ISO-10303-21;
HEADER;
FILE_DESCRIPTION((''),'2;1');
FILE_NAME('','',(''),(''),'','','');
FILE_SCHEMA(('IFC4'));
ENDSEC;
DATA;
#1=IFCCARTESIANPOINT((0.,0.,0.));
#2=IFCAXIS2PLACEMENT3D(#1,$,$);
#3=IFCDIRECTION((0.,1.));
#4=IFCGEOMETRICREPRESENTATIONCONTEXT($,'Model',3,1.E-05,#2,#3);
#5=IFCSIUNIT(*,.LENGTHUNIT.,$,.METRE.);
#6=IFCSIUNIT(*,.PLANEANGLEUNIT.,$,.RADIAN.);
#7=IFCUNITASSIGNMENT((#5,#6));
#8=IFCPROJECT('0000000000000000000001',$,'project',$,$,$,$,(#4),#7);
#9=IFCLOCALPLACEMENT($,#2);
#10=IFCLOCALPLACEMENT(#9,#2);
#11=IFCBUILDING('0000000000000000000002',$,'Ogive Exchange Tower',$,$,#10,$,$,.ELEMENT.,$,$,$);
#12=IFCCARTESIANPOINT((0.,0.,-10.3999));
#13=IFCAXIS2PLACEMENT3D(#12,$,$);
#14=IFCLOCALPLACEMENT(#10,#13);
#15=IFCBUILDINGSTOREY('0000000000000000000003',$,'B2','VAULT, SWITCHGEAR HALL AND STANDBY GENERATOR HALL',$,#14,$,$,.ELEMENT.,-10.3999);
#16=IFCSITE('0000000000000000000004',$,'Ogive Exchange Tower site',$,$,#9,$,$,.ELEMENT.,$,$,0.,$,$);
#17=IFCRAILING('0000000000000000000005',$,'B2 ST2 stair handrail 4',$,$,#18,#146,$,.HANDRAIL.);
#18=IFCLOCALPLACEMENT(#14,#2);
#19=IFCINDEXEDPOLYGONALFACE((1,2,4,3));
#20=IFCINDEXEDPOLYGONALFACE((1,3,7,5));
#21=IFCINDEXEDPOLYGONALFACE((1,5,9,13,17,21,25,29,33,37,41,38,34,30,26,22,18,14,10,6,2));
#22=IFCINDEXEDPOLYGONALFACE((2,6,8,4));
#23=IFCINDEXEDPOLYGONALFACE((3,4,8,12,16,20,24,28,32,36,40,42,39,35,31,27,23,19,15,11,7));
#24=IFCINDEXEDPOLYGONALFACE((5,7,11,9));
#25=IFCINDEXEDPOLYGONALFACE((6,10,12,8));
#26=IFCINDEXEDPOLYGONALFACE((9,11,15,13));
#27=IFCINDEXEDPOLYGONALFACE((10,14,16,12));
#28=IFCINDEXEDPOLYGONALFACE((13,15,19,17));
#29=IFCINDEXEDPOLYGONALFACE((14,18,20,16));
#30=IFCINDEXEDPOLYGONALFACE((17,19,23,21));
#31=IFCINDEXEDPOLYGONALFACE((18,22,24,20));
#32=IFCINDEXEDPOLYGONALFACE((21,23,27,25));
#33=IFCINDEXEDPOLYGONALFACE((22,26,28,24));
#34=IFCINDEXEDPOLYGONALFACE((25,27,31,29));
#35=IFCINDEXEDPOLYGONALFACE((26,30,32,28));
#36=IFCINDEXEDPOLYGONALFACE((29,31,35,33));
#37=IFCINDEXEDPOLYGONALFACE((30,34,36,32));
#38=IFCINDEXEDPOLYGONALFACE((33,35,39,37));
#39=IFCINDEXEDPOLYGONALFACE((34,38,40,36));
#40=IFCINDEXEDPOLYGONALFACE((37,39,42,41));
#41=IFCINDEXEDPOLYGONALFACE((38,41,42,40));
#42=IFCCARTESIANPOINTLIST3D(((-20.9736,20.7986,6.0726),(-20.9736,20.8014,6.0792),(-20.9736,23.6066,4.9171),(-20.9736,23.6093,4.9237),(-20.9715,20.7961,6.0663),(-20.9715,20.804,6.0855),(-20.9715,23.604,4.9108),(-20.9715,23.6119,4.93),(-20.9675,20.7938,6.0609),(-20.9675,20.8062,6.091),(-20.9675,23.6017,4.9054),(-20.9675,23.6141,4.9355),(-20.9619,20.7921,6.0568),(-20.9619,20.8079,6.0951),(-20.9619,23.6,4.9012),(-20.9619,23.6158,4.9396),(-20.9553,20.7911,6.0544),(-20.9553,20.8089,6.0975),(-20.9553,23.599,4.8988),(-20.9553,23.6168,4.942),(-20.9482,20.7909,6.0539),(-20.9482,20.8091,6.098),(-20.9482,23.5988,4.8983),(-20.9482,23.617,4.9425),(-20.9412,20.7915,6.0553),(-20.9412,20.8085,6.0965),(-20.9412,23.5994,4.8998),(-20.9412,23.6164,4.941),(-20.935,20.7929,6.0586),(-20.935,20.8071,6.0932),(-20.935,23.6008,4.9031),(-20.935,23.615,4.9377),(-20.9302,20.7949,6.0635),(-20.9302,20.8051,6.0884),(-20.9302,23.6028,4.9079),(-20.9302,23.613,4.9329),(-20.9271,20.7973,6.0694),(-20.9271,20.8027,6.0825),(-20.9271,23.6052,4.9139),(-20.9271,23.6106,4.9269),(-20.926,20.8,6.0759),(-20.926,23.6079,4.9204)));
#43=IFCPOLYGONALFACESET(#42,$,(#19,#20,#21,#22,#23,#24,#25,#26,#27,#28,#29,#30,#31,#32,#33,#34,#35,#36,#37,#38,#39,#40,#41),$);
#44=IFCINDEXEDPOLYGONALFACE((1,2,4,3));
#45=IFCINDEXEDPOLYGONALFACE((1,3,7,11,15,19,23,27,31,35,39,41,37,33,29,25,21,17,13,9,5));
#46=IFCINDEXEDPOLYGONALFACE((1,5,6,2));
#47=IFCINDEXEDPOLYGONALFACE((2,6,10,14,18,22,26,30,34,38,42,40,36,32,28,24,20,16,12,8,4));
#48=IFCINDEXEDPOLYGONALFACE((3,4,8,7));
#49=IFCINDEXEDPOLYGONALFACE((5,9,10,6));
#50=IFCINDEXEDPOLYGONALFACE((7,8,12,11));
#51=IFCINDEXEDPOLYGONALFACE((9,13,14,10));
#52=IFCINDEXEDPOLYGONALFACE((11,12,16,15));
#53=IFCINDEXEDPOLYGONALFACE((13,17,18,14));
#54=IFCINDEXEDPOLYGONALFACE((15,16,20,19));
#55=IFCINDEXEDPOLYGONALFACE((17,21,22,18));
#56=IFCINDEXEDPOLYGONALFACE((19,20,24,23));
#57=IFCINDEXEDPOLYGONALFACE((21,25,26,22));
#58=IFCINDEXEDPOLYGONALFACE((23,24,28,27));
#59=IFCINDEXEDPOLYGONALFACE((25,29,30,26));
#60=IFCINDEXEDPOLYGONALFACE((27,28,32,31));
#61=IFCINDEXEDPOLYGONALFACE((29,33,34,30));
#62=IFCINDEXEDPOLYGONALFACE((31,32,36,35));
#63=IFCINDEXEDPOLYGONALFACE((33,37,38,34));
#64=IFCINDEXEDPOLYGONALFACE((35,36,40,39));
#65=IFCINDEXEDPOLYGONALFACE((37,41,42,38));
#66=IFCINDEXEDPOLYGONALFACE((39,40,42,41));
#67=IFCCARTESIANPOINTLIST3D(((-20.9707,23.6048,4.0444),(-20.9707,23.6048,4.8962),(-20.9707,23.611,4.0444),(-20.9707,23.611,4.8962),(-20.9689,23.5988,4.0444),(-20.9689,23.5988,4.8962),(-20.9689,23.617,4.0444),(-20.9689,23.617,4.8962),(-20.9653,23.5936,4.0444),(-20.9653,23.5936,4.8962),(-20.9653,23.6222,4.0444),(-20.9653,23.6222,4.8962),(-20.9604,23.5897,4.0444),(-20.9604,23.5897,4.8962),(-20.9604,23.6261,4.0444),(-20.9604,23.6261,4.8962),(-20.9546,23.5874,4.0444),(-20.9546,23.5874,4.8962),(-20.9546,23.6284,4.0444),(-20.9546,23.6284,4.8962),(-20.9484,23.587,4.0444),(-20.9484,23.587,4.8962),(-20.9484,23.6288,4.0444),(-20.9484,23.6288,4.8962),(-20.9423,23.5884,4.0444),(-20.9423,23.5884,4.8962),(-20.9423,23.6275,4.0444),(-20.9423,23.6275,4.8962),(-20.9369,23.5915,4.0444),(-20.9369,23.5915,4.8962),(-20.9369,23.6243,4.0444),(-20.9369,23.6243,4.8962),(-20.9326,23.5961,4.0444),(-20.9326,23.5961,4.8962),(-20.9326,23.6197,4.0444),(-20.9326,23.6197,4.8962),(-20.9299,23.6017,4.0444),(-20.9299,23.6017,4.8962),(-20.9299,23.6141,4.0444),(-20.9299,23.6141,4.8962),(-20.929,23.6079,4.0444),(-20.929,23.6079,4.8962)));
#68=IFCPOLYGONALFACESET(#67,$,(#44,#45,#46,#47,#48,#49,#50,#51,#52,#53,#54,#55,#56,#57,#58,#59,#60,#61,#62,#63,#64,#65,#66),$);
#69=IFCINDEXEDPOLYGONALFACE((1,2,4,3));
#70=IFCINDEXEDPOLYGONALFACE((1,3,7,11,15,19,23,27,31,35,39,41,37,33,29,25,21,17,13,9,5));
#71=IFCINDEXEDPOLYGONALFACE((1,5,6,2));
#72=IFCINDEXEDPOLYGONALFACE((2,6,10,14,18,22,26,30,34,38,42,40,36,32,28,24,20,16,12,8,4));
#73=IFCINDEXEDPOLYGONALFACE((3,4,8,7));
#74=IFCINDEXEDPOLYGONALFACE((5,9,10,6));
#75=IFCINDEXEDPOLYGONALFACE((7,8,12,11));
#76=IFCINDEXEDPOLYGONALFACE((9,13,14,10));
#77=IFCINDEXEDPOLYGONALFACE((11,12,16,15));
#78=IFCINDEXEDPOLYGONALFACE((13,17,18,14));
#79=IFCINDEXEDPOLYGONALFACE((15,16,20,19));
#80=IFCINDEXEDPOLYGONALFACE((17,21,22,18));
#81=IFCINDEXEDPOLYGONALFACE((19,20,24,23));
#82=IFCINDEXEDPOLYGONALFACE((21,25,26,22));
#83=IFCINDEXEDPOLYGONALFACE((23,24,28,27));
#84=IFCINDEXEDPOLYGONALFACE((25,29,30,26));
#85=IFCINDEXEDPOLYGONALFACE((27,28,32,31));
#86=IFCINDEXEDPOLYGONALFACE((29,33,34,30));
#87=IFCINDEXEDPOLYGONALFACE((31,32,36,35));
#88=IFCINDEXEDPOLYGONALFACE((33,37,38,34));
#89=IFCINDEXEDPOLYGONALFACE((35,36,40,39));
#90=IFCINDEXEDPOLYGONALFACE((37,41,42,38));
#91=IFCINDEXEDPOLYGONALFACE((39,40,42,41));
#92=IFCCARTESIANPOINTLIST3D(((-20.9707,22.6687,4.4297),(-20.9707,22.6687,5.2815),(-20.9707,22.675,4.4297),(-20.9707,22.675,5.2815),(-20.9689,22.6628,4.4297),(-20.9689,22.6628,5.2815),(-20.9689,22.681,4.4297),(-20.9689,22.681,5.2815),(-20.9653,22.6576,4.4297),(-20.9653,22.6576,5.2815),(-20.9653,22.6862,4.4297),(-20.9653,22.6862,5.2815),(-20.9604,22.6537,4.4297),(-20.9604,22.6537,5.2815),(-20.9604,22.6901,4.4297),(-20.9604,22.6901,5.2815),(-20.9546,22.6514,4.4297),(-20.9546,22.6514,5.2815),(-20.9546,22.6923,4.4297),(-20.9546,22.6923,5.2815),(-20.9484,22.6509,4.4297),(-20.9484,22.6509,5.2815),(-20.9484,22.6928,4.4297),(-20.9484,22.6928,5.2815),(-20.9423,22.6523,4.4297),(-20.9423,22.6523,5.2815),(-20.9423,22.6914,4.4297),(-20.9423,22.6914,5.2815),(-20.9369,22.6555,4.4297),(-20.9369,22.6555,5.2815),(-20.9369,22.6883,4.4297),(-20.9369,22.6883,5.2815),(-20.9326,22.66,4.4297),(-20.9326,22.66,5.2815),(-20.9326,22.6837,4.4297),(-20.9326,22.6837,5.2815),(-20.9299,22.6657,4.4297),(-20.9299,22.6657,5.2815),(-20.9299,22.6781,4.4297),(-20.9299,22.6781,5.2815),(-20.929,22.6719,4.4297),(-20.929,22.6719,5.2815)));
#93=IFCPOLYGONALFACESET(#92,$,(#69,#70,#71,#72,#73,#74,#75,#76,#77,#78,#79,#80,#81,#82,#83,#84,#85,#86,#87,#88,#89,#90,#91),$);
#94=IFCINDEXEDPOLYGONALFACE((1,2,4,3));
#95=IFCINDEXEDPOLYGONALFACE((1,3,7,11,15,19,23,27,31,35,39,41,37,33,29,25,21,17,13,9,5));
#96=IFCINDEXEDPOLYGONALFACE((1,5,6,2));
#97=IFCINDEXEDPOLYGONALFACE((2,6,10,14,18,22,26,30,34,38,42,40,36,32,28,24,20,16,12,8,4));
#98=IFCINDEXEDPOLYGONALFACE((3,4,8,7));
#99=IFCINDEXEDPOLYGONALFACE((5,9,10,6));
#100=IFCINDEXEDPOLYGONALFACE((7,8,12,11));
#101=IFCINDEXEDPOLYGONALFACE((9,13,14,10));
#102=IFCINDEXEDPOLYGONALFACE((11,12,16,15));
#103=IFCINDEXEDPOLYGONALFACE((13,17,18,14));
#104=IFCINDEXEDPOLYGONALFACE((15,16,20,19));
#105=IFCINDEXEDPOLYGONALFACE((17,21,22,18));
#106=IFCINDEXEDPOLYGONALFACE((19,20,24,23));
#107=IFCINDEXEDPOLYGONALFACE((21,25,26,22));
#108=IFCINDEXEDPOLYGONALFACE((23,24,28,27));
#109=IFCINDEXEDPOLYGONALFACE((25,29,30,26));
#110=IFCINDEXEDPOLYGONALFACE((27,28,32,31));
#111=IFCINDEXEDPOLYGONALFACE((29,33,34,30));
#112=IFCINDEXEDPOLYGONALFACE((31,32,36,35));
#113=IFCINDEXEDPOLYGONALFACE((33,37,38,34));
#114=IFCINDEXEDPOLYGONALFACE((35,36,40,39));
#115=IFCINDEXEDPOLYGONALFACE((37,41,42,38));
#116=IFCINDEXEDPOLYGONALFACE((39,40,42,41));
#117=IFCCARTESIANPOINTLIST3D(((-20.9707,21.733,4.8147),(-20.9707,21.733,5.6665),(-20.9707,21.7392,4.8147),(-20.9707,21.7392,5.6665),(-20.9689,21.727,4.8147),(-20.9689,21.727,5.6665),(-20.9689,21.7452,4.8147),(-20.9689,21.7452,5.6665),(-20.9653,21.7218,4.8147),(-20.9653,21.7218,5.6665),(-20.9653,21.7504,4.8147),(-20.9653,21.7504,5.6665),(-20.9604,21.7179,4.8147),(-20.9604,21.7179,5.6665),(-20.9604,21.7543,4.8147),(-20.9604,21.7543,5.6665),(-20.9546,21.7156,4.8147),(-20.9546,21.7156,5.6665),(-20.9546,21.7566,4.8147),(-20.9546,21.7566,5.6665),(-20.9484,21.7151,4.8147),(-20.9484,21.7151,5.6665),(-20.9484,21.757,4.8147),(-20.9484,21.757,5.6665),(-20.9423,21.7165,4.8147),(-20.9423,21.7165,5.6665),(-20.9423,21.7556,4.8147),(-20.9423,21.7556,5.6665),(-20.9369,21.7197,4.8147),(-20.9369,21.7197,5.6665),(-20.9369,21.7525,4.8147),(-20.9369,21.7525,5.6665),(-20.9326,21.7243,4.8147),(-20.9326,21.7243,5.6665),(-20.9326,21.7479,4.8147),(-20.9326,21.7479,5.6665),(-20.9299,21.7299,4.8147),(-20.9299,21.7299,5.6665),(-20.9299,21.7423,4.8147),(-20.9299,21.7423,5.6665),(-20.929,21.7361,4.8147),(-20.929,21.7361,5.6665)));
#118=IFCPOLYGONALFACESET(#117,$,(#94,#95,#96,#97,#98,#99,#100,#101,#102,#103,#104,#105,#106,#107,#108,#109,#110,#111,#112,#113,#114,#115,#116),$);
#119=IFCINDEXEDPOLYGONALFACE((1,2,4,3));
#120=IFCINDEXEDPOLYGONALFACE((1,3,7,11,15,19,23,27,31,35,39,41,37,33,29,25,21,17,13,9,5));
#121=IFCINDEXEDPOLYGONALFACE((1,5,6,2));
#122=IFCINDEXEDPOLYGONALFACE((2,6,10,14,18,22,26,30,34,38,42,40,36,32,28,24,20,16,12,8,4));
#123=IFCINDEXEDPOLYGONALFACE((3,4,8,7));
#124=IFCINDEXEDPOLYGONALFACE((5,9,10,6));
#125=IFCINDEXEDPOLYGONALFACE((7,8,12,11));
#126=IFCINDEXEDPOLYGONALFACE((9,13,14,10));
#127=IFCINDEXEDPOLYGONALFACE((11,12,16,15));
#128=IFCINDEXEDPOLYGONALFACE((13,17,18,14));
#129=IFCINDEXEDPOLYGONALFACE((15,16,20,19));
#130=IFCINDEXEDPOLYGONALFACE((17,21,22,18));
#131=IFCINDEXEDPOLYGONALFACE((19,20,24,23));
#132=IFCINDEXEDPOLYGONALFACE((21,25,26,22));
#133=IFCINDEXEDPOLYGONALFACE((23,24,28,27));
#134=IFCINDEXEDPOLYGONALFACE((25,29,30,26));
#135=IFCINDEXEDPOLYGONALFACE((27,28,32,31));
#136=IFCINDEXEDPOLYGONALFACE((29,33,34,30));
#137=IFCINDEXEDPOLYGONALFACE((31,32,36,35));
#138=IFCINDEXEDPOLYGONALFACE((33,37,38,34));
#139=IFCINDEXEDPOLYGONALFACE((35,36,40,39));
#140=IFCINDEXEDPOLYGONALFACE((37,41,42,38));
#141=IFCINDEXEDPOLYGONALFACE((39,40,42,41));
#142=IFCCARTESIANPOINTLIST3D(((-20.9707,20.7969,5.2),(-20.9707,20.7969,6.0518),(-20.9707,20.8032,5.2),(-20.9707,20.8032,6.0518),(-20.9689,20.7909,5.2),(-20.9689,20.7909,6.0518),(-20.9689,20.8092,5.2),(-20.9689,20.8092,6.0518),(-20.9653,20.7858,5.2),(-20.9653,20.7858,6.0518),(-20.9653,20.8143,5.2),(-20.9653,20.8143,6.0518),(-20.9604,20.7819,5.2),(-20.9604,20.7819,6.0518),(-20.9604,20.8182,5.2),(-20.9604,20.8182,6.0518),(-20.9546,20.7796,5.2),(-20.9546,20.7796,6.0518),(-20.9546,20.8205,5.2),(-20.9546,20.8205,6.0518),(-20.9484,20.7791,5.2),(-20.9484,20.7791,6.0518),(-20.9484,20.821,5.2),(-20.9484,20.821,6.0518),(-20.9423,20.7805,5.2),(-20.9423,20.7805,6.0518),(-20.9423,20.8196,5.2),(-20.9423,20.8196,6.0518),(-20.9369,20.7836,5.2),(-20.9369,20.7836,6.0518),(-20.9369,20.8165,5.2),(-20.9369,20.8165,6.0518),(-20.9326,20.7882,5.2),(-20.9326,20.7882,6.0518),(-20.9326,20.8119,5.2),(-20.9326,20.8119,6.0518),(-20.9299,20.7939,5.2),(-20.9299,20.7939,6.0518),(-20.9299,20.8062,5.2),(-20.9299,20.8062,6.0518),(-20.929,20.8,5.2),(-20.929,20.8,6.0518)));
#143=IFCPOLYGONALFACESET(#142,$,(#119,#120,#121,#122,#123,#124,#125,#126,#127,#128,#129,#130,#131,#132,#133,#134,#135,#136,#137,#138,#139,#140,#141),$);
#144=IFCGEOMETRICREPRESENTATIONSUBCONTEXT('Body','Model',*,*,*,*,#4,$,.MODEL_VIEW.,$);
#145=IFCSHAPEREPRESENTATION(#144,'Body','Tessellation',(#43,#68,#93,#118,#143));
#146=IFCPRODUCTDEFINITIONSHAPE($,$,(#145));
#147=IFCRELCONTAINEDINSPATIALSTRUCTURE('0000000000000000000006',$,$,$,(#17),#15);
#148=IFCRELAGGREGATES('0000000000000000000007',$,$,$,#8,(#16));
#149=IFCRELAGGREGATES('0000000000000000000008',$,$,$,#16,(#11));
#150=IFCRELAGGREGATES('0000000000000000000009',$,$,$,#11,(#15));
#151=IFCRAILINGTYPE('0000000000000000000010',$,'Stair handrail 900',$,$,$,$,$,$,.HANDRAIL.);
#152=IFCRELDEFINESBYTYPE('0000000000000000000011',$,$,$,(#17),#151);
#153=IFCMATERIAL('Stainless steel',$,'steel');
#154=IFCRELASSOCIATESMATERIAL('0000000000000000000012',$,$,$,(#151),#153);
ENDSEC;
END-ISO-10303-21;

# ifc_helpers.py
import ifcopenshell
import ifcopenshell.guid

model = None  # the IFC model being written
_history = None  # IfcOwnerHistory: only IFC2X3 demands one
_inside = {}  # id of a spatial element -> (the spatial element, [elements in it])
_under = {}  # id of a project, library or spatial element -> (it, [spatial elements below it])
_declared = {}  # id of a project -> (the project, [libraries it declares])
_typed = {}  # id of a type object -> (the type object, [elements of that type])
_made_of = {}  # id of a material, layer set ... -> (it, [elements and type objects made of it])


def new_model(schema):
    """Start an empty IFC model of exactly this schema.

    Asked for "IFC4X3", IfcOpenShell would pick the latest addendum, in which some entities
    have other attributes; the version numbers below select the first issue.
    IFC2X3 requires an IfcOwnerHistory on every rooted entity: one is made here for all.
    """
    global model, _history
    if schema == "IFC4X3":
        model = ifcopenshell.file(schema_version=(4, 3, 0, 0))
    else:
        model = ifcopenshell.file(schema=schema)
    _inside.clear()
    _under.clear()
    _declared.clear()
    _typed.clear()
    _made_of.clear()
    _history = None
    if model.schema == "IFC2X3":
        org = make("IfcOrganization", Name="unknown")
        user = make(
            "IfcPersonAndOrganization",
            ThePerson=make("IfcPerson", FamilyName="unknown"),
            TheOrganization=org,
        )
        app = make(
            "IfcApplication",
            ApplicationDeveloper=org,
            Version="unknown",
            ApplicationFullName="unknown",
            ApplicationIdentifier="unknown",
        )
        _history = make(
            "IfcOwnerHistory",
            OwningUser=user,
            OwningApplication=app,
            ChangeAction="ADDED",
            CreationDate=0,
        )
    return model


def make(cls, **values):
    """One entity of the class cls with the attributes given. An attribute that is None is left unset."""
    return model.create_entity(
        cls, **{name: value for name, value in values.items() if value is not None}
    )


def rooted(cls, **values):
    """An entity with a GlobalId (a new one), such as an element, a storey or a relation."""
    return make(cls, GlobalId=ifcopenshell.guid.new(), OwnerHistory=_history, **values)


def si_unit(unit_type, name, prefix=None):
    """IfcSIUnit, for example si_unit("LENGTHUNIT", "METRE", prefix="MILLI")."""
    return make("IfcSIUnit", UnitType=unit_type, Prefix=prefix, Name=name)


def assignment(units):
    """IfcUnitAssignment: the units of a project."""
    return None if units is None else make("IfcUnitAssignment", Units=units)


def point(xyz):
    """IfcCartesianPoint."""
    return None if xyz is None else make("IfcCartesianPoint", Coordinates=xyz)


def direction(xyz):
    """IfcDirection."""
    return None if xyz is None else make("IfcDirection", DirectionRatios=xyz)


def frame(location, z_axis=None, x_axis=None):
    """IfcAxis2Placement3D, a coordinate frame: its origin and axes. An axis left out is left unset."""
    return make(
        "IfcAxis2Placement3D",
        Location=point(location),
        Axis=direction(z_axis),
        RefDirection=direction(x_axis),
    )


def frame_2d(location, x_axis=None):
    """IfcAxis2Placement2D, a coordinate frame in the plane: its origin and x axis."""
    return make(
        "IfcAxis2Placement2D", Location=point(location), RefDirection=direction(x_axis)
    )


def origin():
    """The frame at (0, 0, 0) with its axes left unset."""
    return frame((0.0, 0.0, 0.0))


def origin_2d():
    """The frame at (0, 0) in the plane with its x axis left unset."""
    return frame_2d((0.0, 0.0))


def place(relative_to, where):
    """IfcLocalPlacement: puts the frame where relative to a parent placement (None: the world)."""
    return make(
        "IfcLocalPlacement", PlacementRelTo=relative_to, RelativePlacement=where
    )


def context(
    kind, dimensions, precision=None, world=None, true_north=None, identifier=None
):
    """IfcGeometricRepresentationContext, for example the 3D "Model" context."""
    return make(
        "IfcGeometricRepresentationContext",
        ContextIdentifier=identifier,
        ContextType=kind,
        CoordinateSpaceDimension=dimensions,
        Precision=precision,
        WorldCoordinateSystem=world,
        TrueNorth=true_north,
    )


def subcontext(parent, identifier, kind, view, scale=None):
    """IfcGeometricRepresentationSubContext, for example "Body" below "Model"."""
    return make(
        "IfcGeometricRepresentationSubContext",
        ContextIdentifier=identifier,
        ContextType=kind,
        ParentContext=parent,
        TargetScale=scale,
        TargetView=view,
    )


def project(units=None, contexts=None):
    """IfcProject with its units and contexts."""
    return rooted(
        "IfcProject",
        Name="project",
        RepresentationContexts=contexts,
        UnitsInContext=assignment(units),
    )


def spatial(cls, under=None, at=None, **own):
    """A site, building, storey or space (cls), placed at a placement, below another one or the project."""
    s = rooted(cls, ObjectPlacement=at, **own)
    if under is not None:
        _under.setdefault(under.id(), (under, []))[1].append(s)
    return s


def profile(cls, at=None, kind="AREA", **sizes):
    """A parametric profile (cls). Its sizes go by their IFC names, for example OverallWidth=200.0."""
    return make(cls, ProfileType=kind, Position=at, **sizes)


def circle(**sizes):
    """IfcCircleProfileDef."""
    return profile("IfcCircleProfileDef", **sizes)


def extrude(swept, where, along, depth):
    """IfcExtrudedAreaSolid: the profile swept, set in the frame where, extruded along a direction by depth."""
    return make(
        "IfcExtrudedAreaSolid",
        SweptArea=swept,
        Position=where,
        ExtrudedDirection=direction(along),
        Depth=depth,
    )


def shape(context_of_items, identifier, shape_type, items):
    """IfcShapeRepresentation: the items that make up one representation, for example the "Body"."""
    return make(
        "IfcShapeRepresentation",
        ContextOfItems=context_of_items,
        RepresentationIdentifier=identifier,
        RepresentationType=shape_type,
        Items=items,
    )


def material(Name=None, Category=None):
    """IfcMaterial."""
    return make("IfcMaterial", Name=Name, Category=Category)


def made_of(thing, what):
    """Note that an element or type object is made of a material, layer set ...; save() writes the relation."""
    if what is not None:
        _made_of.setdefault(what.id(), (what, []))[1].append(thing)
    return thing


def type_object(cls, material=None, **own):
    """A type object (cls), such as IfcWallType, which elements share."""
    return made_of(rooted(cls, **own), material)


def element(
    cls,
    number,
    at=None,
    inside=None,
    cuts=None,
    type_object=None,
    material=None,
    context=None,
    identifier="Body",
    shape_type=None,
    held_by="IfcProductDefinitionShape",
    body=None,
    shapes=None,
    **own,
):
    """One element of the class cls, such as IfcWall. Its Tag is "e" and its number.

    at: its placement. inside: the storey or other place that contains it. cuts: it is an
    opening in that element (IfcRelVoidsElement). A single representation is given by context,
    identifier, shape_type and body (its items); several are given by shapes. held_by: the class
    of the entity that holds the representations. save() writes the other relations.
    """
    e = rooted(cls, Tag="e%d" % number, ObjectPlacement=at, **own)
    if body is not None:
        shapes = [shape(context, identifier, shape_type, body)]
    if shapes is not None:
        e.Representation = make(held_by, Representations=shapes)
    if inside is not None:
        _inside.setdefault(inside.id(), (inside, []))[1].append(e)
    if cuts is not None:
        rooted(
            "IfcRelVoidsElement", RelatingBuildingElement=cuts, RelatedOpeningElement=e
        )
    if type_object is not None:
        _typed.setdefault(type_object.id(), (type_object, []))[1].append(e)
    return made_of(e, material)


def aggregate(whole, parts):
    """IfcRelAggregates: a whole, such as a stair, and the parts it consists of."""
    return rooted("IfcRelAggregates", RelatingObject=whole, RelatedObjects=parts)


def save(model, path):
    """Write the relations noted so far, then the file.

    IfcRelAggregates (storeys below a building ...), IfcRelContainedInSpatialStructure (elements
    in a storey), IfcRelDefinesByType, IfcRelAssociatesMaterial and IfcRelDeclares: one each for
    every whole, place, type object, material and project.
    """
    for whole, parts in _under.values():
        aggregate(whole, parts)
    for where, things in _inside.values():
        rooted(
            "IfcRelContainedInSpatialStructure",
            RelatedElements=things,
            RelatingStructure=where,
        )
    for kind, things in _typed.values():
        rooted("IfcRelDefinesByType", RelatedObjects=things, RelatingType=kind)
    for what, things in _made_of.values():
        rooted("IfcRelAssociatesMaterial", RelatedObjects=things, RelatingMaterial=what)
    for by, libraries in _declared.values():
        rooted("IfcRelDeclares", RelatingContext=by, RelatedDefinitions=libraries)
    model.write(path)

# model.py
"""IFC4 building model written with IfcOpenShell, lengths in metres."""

from ifc_helpers import new_model, si_unit, direction, frame, origin, origin_2d, place, context, subcontext, project, spatial, circle, extrude, material, type_object, element, save


model = new_model("IFC4")

# Units and contexts
model_context = context("Model", 3, precision=1e-05, world=origin(), true_north=direction((0.0, 1.0)))
body_context = subcontext(model_context, "Body", "Model", "MODEL_VIEW")
ifc_project = project(units=[si_unit("LENGTHUNIT", "METRE"), si_unit("PLANEANGLEUNIT", "RADIAN")], contexts=[model_context])

# Site, building, storey
site_placement = place(None, origin())
site = spatial("IfcSite", under=ifc_project, at=site_placement, Name="Ogive Exchange Tower site", CompositionType="ELEMENT", RefElevation=0.0)
building_placement = place(site_placement, origin())
building = spatial("IfcBuilding", under=site, at=building_placement, Name="Ogive Exchange Tower", CompositionType="ELEMENT")
storey_placement = place(building_placement, frame((0.0, 0.0, -10.3999)))
storey = spatial("IfcBuildingStorey", under=building, at=storey_placement, Name="B2", Description="VAULT, SWITCHGEAR HALL AND STANDBY GENERATOR HALL", CompositionType="ELEMENT", Elevation=-10.3999)

# Railing
ifc_material_1 = material(Name="Stainless steel", Category="steel")
railing_type = type_object("IfcRailingType", Name="Stair handrail 900", PredefinedType="HANDRAIL", material=ifc_material_1)
for number, where, name in (
    (1, (-20.95, 23.6079, 4.0444), "B2 ST2 stair handrail 4"),
):
    element("IfcRailing", number, at=place(storey_placement, frame(where)), inside=storey, type_object=railing_type, Name=name, PredefinedType="HANDRAIL", context=body_context, shape_type="SweptSolid", body=[
        extrude(circle(Radius=0.0239, at=origin_2d()), frame((0.0, 0.0, 0.876), z_axis=(0.0, -0.924755, 0.380564), x_axis=(1.0, 0.0, 0.0)), (0.0, 0.0, 1.0), 3.0364),
        extrude(circle(Radius=0.021, at=origin_2d()), origin(), (0.0, 0.0, 1.0), 0.8518),
        extrude(circle(Radius=0.021, at=origin_2d()), frame((0.0, -0.936, 0.3853)), (0.0, 0.0, 1.0), 0.8518),
        extrude(circle(Radius=0.021, at=origin_2d()), frame((0.0, -1.8718, 0.7703)), (0.0, 0.0, 1.0), 0.8518),
        extrude(circle(Radius=0.021, at=origin_2d()), frame((0.0, -2.8079, 1.1555)), (0.0, 0.0, 1.0), 0.8518),
    ])

save(model, "model.ifc")
